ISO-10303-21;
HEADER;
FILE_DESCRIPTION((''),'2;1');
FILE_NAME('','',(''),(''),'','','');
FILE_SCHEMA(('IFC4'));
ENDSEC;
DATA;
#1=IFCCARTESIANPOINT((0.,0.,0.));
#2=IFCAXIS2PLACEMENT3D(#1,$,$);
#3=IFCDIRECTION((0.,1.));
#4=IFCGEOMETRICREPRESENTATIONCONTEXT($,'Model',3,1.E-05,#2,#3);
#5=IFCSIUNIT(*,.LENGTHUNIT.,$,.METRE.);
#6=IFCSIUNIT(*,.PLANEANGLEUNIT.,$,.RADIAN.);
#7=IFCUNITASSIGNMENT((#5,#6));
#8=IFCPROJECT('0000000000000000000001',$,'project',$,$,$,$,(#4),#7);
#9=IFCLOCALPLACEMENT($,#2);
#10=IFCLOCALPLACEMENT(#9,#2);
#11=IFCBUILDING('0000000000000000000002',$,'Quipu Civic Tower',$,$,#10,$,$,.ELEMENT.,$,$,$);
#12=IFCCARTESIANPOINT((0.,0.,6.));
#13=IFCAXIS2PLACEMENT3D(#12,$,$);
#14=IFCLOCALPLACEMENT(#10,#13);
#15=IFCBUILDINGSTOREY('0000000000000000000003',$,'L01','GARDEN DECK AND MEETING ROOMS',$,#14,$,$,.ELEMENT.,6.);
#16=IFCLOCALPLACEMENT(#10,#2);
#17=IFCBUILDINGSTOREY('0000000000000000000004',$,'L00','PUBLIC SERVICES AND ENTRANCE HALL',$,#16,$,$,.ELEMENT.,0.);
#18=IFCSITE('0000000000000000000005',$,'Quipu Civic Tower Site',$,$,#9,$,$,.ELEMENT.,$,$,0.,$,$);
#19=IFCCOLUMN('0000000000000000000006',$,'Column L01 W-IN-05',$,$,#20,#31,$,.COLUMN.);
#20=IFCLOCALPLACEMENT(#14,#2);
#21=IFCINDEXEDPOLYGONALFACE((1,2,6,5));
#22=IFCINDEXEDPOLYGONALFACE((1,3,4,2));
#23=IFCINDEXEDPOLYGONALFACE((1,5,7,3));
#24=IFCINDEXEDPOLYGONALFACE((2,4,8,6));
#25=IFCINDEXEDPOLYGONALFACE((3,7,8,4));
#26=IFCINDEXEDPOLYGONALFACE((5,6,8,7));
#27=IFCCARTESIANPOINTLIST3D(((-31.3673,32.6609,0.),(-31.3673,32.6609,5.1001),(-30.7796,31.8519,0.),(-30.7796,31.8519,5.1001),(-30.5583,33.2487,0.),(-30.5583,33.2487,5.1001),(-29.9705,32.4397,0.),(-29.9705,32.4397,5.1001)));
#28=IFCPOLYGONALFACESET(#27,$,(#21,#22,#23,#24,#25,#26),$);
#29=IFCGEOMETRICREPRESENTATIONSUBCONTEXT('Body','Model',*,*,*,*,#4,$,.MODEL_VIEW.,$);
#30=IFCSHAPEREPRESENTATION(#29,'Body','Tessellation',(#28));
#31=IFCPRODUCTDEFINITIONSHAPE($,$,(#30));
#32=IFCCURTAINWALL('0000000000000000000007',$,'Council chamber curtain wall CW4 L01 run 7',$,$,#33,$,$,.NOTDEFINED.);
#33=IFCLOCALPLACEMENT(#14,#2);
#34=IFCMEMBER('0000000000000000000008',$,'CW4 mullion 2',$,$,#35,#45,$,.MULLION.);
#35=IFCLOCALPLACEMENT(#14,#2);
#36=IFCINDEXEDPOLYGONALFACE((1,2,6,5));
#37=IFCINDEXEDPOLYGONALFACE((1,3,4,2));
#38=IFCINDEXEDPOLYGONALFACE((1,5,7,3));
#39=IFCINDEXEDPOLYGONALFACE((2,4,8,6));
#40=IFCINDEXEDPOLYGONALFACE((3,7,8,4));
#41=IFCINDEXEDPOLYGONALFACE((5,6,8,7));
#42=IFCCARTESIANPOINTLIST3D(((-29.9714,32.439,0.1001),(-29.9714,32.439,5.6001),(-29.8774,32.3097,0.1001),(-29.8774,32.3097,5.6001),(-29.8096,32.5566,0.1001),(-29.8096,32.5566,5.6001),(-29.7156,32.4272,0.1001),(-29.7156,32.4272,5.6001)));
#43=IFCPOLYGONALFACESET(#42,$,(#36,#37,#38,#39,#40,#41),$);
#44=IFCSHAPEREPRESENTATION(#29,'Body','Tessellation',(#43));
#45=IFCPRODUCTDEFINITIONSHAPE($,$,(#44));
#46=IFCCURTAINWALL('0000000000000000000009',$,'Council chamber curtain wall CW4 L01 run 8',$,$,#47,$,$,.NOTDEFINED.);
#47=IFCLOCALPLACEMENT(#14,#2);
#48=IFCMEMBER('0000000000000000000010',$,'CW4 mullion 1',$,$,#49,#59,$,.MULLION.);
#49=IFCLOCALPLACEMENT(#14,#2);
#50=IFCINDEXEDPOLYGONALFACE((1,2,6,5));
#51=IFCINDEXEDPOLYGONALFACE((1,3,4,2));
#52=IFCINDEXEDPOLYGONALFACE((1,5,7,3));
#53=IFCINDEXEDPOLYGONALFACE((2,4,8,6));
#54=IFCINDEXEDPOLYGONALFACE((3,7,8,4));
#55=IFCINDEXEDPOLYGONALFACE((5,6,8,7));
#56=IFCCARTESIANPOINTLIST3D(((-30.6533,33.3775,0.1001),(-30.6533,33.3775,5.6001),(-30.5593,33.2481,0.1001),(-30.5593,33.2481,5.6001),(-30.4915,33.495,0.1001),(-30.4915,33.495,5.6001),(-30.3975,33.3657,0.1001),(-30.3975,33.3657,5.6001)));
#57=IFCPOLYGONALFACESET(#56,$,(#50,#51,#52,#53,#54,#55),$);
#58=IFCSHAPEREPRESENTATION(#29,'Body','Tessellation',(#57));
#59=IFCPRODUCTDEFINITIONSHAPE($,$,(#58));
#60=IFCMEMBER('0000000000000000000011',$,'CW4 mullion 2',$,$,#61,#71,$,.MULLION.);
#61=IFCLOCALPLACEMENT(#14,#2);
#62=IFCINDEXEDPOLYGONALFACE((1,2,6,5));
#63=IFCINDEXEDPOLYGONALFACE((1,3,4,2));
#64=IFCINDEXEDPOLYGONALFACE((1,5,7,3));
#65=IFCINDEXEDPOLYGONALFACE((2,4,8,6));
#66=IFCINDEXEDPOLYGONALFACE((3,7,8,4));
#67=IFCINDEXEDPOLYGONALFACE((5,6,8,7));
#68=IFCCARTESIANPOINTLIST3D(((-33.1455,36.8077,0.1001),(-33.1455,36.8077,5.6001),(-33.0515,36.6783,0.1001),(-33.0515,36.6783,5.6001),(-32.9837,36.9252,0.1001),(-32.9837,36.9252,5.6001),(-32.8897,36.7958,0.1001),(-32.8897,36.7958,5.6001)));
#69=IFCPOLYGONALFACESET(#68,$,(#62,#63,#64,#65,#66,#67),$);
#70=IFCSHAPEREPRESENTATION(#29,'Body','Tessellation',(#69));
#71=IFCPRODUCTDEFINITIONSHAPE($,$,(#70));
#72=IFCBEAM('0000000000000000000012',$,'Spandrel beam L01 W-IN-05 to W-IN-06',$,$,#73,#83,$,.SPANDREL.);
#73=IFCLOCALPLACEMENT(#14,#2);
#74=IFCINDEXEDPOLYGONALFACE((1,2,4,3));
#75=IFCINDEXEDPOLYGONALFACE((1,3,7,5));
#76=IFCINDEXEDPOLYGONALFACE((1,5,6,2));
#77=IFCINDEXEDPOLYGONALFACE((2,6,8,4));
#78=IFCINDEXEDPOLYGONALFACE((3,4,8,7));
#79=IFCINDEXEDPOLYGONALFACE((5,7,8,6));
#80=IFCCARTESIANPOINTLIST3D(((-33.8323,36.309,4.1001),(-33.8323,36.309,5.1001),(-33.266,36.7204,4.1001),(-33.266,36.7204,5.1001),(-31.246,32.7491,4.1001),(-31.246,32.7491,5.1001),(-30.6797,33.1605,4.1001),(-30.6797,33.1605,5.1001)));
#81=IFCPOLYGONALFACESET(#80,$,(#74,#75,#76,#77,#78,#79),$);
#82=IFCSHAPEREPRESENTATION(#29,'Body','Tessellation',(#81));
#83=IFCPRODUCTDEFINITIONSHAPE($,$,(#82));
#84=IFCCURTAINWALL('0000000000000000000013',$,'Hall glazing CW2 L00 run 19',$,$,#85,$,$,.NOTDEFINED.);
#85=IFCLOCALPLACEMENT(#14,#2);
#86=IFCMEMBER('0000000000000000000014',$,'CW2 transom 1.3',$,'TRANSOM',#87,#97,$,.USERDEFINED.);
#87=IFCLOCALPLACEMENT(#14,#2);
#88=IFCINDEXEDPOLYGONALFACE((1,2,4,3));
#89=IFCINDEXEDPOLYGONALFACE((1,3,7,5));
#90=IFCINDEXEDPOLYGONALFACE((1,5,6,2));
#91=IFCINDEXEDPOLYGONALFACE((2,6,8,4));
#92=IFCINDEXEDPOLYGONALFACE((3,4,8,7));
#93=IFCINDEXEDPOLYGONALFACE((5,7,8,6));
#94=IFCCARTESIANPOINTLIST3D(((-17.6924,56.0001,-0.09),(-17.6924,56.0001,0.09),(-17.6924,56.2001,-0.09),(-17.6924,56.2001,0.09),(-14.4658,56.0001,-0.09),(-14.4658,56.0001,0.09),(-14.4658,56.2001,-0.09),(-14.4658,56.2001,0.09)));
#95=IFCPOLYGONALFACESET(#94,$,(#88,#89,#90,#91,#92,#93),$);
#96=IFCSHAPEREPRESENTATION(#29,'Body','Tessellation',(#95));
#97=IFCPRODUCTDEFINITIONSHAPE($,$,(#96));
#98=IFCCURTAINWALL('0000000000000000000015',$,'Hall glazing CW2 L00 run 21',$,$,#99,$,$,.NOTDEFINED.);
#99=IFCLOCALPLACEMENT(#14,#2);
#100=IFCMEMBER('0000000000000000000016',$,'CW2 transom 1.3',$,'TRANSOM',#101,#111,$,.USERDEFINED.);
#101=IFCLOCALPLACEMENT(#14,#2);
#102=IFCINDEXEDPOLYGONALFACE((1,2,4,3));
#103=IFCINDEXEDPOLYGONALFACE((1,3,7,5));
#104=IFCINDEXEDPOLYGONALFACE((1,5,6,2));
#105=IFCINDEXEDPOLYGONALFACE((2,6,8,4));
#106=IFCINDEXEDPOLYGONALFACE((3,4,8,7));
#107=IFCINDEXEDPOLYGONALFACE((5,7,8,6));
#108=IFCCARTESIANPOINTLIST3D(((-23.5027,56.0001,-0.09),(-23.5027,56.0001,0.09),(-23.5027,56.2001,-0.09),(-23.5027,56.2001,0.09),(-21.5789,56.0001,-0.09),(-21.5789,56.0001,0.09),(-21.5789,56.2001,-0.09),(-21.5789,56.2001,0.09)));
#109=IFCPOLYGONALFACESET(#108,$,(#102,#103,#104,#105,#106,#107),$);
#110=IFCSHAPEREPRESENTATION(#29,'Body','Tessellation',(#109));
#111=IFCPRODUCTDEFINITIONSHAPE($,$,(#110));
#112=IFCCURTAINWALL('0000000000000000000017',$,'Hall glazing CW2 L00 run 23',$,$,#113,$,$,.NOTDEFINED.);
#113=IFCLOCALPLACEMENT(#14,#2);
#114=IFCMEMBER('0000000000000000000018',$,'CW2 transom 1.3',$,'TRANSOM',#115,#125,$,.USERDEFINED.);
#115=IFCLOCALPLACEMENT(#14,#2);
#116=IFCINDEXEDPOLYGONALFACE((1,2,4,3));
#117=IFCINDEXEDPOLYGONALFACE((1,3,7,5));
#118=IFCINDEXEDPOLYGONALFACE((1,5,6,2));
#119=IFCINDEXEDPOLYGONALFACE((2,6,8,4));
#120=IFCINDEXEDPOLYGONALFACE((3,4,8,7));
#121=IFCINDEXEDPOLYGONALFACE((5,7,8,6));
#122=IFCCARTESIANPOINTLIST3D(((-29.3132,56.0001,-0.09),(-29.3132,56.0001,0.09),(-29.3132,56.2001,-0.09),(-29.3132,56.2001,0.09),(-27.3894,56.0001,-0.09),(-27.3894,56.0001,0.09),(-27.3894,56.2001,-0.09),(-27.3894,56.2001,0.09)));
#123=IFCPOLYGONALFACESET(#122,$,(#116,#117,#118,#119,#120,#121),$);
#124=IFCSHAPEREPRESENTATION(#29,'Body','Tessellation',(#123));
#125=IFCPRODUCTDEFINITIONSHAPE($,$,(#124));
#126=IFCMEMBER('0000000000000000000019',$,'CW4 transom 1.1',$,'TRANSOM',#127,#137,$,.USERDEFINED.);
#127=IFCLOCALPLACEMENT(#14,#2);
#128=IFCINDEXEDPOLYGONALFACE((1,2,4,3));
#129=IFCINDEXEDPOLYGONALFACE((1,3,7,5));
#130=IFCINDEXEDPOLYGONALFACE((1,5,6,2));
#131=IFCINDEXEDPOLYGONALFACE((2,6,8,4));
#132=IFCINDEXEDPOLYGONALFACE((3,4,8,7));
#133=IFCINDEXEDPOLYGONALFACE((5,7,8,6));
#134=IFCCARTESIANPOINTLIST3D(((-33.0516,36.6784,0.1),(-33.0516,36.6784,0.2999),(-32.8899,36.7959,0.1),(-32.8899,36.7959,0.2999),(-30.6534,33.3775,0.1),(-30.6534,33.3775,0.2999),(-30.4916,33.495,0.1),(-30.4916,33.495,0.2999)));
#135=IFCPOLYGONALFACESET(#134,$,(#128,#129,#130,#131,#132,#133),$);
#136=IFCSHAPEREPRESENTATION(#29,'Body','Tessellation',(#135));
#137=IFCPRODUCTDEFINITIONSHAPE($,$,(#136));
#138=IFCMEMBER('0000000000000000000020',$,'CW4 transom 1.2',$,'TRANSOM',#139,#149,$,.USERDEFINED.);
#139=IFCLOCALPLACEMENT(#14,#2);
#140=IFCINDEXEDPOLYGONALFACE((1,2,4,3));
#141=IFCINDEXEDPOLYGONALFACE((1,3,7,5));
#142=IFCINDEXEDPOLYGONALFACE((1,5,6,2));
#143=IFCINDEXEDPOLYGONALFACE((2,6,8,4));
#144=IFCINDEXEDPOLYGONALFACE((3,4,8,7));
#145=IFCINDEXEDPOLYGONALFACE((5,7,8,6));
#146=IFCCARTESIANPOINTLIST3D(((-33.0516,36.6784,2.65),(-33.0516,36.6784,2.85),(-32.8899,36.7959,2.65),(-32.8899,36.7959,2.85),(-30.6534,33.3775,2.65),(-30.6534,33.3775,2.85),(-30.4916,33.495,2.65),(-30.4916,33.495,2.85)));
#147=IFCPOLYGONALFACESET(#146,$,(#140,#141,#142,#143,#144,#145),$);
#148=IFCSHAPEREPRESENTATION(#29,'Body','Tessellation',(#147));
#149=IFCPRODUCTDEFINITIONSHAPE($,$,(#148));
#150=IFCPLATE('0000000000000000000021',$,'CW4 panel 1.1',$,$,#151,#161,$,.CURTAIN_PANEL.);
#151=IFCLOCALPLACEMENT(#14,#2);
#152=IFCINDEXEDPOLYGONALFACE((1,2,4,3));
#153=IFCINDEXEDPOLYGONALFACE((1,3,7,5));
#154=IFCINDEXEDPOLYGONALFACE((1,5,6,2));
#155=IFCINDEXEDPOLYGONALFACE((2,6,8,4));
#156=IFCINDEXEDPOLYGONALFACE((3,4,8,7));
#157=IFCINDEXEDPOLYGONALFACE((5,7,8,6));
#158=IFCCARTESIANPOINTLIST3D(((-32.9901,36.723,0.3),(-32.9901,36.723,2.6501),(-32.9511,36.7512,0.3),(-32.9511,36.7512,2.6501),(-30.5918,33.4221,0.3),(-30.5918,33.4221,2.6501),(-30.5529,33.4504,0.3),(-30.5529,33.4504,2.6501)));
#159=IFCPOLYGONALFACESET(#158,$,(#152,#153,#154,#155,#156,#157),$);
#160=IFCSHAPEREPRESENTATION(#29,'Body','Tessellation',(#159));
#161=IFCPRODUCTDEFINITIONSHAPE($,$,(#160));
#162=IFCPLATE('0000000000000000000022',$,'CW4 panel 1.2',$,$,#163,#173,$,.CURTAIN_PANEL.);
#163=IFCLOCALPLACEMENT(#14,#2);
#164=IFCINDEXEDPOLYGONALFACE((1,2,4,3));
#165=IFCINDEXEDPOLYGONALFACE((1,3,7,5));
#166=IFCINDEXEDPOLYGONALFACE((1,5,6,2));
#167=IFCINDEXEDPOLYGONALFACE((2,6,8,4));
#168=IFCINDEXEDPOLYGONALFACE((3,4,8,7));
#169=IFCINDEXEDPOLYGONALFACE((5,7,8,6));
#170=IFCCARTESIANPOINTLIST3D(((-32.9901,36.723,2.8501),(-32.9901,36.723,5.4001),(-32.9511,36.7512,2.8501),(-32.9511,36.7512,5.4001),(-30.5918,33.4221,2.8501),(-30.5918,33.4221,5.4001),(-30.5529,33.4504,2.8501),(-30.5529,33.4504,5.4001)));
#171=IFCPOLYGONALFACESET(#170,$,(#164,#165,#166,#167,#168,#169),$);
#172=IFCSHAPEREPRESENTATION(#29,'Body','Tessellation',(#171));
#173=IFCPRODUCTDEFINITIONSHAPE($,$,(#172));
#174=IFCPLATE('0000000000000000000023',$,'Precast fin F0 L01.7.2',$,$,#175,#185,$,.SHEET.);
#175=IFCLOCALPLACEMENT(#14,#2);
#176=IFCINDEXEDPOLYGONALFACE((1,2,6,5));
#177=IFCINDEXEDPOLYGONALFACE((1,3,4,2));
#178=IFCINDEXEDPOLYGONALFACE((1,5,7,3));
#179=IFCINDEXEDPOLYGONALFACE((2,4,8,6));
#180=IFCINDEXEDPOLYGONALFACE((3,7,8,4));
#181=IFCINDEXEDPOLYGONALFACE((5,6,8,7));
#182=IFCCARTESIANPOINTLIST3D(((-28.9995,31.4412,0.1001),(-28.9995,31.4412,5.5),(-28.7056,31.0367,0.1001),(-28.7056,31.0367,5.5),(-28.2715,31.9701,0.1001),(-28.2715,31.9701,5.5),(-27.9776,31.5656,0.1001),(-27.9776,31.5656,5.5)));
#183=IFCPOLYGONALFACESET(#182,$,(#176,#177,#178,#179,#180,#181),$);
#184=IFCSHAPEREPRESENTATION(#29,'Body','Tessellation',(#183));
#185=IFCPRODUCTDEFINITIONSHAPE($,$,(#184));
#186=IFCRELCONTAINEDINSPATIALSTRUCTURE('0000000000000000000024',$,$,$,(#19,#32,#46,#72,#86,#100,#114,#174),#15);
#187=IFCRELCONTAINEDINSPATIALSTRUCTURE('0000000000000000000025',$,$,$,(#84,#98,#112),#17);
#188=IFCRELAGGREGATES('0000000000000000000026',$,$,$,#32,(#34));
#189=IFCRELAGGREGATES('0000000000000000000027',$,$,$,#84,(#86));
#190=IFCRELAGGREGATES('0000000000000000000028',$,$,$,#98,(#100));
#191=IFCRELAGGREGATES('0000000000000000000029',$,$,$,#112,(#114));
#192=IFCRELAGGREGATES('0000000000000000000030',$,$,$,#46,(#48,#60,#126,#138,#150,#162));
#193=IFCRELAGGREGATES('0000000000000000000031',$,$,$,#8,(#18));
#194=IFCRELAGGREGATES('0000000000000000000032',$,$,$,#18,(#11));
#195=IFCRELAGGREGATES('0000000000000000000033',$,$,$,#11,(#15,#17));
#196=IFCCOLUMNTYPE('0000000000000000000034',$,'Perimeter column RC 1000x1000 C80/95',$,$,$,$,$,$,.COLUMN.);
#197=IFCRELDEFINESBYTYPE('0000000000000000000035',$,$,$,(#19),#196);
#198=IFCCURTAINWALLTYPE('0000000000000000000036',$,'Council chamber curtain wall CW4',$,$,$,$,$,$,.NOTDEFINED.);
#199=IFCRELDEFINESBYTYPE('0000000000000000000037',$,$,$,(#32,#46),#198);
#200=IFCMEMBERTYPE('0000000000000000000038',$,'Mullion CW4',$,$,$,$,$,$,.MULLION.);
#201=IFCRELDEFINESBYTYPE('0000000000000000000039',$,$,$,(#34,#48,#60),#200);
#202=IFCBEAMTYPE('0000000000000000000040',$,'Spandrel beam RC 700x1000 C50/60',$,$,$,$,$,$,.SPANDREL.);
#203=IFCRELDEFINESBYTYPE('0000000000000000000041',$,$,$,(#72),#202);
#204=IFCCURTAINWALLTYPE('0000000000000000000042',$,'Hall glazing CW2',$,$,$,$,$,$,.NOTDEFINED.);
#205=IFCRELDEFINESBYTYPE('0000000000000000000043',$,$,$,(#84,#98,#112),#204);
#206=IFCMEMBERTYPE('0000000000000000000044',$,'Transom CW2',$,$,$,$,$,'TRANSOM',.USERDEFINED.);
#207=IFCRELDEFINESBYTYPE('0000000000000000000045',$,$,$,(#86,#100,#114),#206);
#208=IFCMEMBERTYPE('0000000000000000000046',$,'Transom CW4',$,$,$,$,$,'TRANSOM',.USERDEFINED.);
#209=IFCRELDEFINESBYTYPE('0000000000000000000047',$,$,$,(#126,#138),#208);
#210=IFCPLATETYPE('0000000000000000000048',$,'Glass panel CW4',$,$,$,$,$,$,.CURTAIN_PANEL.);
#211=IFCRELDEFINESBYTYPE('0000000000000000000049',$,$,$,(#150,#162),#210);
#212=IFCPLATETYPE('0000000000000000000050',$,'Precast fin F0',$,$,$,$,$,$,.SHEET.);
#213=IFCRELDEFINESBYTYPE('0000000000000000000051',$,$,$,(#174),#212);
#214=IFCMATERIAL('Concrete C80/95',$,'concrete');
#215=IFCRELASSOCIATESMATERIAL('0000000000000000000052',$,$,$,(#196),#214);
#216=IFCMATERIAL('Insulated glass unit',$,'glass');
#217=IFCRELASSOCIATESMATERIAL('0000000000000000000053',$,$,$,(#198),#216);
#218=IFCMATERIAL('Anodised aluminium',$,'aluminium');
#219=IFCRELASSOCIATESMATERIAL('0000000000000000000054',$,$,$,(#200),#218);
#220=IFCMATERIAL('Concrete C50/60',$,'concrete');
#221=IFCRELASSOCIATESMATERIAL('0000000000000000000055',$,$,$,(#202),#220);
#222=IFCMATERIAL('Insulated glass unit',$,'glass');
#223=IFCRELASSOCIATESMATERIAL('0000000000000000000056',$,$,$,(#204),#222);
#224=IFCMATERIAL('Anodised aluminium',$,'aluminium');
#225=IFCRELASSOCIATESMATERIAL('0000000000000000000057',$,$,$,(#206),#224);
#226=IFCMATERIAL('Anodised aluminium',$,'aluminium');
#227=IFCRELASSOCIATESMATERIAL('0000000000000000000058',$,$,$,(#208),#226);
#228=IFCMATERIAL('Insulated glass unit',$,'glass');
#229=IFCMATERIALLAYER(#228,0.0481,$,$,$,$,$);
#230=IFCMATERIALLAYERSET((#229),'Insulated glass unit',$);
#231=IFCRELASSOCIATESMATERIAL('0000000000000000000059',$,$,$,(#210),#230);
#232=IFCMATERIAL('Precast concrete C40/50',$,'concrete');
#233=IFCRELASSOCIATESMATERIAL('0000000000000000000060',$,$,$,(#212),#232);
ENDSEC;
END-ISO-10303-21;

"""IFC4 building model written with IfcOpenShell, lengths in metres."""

from ifc_helpers import new_model, si_unit, direction, frame, origin, origin_2d, place, context, subcontext, project, spatial, rectangle, extrude, material, layer, layer_set, material_profile, profile_set, type_object, element, aggregate, save


model = new_model("IFC4")

# Units and contexts
model_context = context("Model", 3, precision=1e-05, world=origin(), true_north=direction((0.0, 1.0)))
body_context = subcontext(model_context, "Body", "Model", "MODEL_VIEW")
ifc_project = project(units=[si_unit("LENGTHUNIT", "METRE"), si_unit("PLANEANGLEUNIT", "RADIAN")], contexts=[model_context])

# Site, building, storey
site_placement = place(None, origin())
site = spatial("IfcSite", under=ifc_project, at=site_placement, Name="Quipu Civic Tower Site", CompositionType="ELEMENT", RefElevation=0.0)
building_placement = place(site_placement, origin())
building = spatial("IfcBuilding", under=site, at=building_placement, Name="Quipu Civic Tower", CompositionType="ELEMENT")
storey_1_placement = place(building_placement, frame((0.0, 0.0, 6.0)))
storey_1 = spatial("IfcBuildingStorey", under=building, at=storey_1_placement, Name="L01", Description="GARDEN DECK AND MEETING ROOMS", CompositionType="ELEMENT", Elevation=6.0)

# Column
ifc_material_1 = material(Name="Concrete C80/95", Category="concrete")
ifc_material_profile_1 = material_profile(ifc_material_1, rectangle(XDim=1.0, YDim=1.0, at=origin_2d()), Name="RC1000x1000")
ifc_profile_set_1 = profile_set([ifc_material_profile_1], Name="Concrete C80/95")
column_type = type_object("IfcColumnType", Name="Perimeter column RC 1000x1000 C80/95", PredefinedType="COLUMN", material=ifc_profile_set_1)
column_placement = place(storey_1_placement, frame((-30.6689, 32.5503, 0.0), z_axis=(0.0, 0.0, 1.0), x_axis=(-0.587785, 0.809017, 0.0)))
element("IfcColumn", 1, at=column_placement, inside=storey_1, type_object=column_type, Name="Column L01 W-IN-05", PredefinedType="COLUMN", context=body_context, shape_type="SweptSolid", body=[
    extrude(rectangle(XDim=1.0, YDim=1.0, at=origin_2d()), origin(), (0.0, 0.0, 1.0), 5.1001),
])

# Curtain wall, member
ifc_material_2 = material(Name="Insulated glass unit", Category="glass")
curtain_wall_type_1 = type_object("IfcCurtainWallType", Name="Council chamber curtain wall CW4", PredefinedType="NOTDEFINED", material=ifc_material_2)
curtain_wall_1_placement = place(storey_1_placement, origin())
curtain_wall_1 = element("IfcCurtainWall", 2, at=curtain_wall_1_placement, inside=storey_1, type_object=curtain_wall_type_1, Name="Council chamber curtain wall CW4 L01 run 7", PredefinedType="NOTDEFINED")
ifc_material_3 = material(Name="Anodised aluminium", Category="aluminium")
ifc_material_profile_2 = material_profile(ifc_material_3, rectangle(XDim=0.2, YDim=0.1599, at=origin_2d()), Name="RECT 200x160")
ifc_profile_set_2 = profile_set([ifc_material_profile_2], Name="Anodised aluminium")
member_type_1 = type_object("IfcMemberType", Name="Mullion CW4", PredefinedType="MULLION", material=ifc_profile_set_2)
member_1_placement = place(storey_1_placement, frame((-29.8435, 32.4331, 0.1001), z_axis=(0.0, 0.0, 1.0), x_axis=(-0.809017, -0.587785, 0.0)))
member_1 = element("IfcMember", 3, at=member_1_placement, type_object=member_type_1, Name="CW4 mullion 2", PredefinedType="MULLION", context=body_context, shape_type="SweptSolid", body=[
    extrude(rectangle(XDim=0.2, YDim=0.1599, at=origin_2d()), origin(), (0.0, 0.0, 1.0), 5.5),
])
aggregate(curtain_wall_1, [member_1])

# Curtain wall, members
curtain_wall_2_placement = place(storey_1_placement, origin())
curtain_wall_2 = element("IfcCurtainWall", 4, at=curtain_wall_2_placement, inside=storey_1, type_object=curtain_wall_type_1, Name="Council chamber curtain wall CW4 L01 run 8", PredefinedType="NOTDEFINED")
member_2_placement = place(storey_1_placement, frame((-30.5254, 33.3716, 0.1001), z_axis=(0.0, 0.0, 1.0), x_axis=(-0.809014, -0.587789, 0.0)))
member_2 = element("IfcMember", 5, at=member_2_placement, type_object=member_type_1, Name="CW4 mullion 1", PredefinedType="MULLION", context=body_context, shape_type="SweptSolid", body=[
    extrude(rectangle(XDim=0.2, YDim=0.1599, at=origin_2d()), origin(), (0.0, 0.0, 1.0), 5.5),
])
member_3_placement = place(storey_1_placement, frame((-33.0176, 36.8018, 0.1001), z_axis=(0.0, 0.0, 1.0), x_axis=(-0.809014, -0.587789, 0.0)))
member_3 = element("IfcMember", 6, at=member_3_placement, type_object=member_type_1, Name="CW4 mullion 2", PredefinedType="MULLION", context=body_context, shape_type="SweptSolid", body=[
    extrude(rectangle(XDim=0.2, YDim=0.1599, at=origin_2d()), origin(), (0.0, 0.0, 1.0), 5.5),
])

# Beam
ifc_material_4 = material(Name="Concrete C50/60", Category="concrete")
ifc_material_profile_3 = material_profile(ifc_material_4, rectangle(XDim=0.7, YDim=1.0, at=origin_2d()), Name="RC700x1000")
ifc_profile_set_3 = profile_set([ifc_material_profile_3], Name="Concrete C50/60")
beam_type = type_object("IfcBeamType", Name="Spandrel beam RC 700x1000 C50/60", PredefinedType="SPANDREL", material=ifc_profile_set_3)
beam_placement = place(storey_1_placement, frame((-30.9629, 32.9548, 4.6001), z_axis=(-0.587759, 0.809036, 0.0), x_axis=(-0.809036, -0.587759, 0.0)))
element("IfcBeam", 7, at=beam_placement, inside=storey_1, type_object=beam_type, Name="Spandrel beam L01 W-IN-05 to W-IN-06", PredefinedType="SPANDREL", context=body_context, shape_type="SweptSolid", body=[
    extrude(rectangle(XDim=0.7, YDim=1.0, at=origin_2d()), origin(), (0.0, 0.0, 1.0), 4.4001),
])

# Shared definitions
storey_2_placement = place(building_placement, origin())
storey_2 = spatial("IfcBuildingStorey", under=building, at=storey_2_placement, Name="L00", Description="PUBLIC SERVICES AND ENTRANCE HALL", CompositionType="ELEMENT", Elevation=0.0)

# Curtain walls, members
ifc_material_5 = material(Name="Insulated glass unit", Category="glass")
curtain_wall_type_2 = type_object("IfcCurtainWallType", Name="Hall glazing CW2", PredefinedType="NOTDEFINED", material=ifc_material_5)
curtain_wall_3_placement = place(storey_2_placement, origin())
curtain_wall_3 = element("IfcCurtainWall", 8, at=curtain_wall_3_placement, inside=storey_2, type_object=curtain_wall_type_2, Name="Hall glazing CW2 L00 run 19", PredefinedType="NOTDEFINED")
ifc_material_6 = material(Name="Anodised aluminium", Category="aluminium")
ifc_material_profile_4 = material_profile(ifc_material_6, rectangle(XDim=0.2, YDim=0.1799, at=origin_2d()), Name="RECT 200x180")
ifc_profile_set_4 = profile_set([ifc_material_profile_4], Name="Anodised aluminium")
member_type_2 = type_object("IfcMemberType", Name="Transom CW2", ElementType="TRANSOM", PredefinedType="USERDEFINED", material=ifc_profile_set_4)
member_4_placement = place(storey_1_placement, frame((-14.4658, 56.1001, 0.0), z_axis=(-1.0, 0.0, 0.0), x_axis=(0.0, -1.0, 0.0)))
member_4 = element("IfcMember", 9, at=member_4_placement, inside=storey_1, type_object=member_type_2, Name="CW2 transom 1.3", ObjectType="TRANSOM", PredefinedType="USERDEFINED", context=body_context, shape_type="SweptSolid", body=[
    extrude(rectangle(XDim=0.2, YDim=0.1799, at=origin_2d()), origin(), (0.0, 0.0, 1.0), 3.2266),
])
aggregate(curtain_wall_3, [member_4])
curtain_wall_4_placement = place(storey_2_placement, origin())
curtain_wall_4 = element("IfcCurtainWall", 10, at=curtain_wall_4_placement, inside=storey_2, type_object=curtain_wall_type_2, Name="Hall glazing CW2 L00 run 21", PredefinedType="NOTDEFINED")
member_5_placement = place(storey_1_placement, frame((-21.5789, 56.1001, 0.0), z_axis=(-1.0, 0.0, 0.0), x_axis=(0.0, -1.0, 0.0)))
member_5 = element("IfcMember", 11, at=member_5_placement, inside=storey_1, type_object=member_type_2, Name="CW2 transom 1.3", ObjectType="TRANSOM", PredefinedType="USERDEFINED", context=body_context, shape_type="SweptSolid", body=[
    extrude(rectangle(XDim=0.2, YDim=0.1799, at=origin_2d()), origin(), (0.0, 0.0, 1.0), 1.9238),
])
aggregate(curtain_wall_4, [member_5])
curtain_wall_5_placement = place(storey_2_placement, origin())
curtain_wall_5 = element("IfcCurtainWall", 12, at=curtain_wall_5_placement, inside=storey_2, type_object=curtain_wall_type_2, Name="Hall glazing CW2 L00 run 23", PredefinedType="NOTDEFINED")
member_6_placement = place(storey_1_placement, frame((-27.3894, 56.1001, 0.0), z_axis=(-1.0, 0.0, 0.0), x_axis=(0.0, -1.0, 0.0)))
member_6 = element("IfcMember", 13, at=member_6_placement, inside=storey_1, type_object=member_type_2, Name="CW2 transom 1.3", ObjectType="TRANSOM", PredefinedType="USERDEFINED", context=body_context, shape_type="SweptSolid", body=[
    extrude(rectangle(XDim=0.2, YDim=0.1799, at=origin_2d()), origin(), (0.0, 0.0, 1.0), 1.9238),
])
aggregate(curtain_wall_5, [member_6])

# Members
ifc_material_7 = material(Name="Anodised aluminium", Category="aluminium")
ifc_material_profile_5 = material_profile(ifc_material_7, rectangle(XDim=0.2, YDim=0.2, at=origin_2d()), Name="RECT 200x200")
ifc_profile_set_5 = profile_set([ifc_material_profile_5], Name="Anodised aluminium")
member_type_3 = type_object("IfcMemberType", Name="Transom CW4", ElementType="TRANSOM", PredefinedType="USERDEFINED", material=ifc_profile_set_5)
member_7_placement = place(storey_1_placement, frame((-30.5725, 33.4363, 0.2), z_axis=(-0.587791, 0.809013, 0.0), x_axis=(-0.809013, -0.587791, 0.0)))
member_7 = element("IfcMember", 14, at=member_7_placement, type_object=member_type_3, Name="CW4 transom 1.1", ObjectType="TRANSOM", PredefinedType="USERDEFINED", context=body_context, shape_type="SweptSolid", body=[
    extrude(rectangle(XDim=0.2, YDim=0.2, at=origin_2d()), origin(), (0.0, 0.0, 1.0), 4.0801),
])
member_8_placement = place(storey_1_placement, frame((-30.5725, 33.4363, 2.75), z_axis=(-0.587791, 0.809013, 0.0), x_axis=(-0.809013, -0.587791, 0.0)))
member_8 = element("IfcMember", 15, at=member_8_placement, type_object=member_type_3, Name="CW4 transom 1.2", ObjectType="TRANSOM", PredefinedType="USERDEFINED", context=body_context, shape_type="SweptSolid", body=[
    extrude(rectangle(XDim=0.2, YDim=0.2, at=origin_2d()), origin(), (0.0, 0.0, 1.0), 4.0801),
])

# Plates
ifc_material_8 = material(Name="Insulated glass unit", Category="glass")
ifc_layer = layer(ifc_material_8, 0.0481)
ifc_layer_set = layer_set([ifc_layer], Name="Insulated glass unit")
plate_type_1 = type_object("IfcPlateType", Name="Glass panel CW4", PredefinedType="CURTAIN_PANEL", material=ifc_layer_set)
plate_1_placement = place(storey_1_placement, frame((-31.7715, 35.0867, 0.3), z_axis=(0.0, 0.0, 1.0), x_axis=(-0.587789, 0.809014, 0.0)))
plate_1 = element("IfcPlate", 16, at=plate_1_placement, type_object=plate_type_1, Name="CW4 panel 1.1", PredefinedType="CURTAIN_PANEL", context=body_context, shape_type="SweptSolid", body=[
    extrude(rectangle(XDim=4.0801, YDim=0.0481, at=origin_2d()), origin(), (0.0, 0.0, 1.0), 2.3501),
])
plate_2_placement = place(storey_1_placement, frame((-31.7715, 35.0867, 2.8501), z_axis=(0.0, 0.0, 1.0), x_axis=(-0.587789, 0.809014, 0.0)))
plate_2 = element("IfcPlate", 17, at=plate_2_placement, type_object=plate_type_1, Name="CW4 panel 1.2", PredefinedType="CURTAIN_PANEL", context=body_context, shape_type="SweptSolid", body=[
    extrude(rectangle(XDim=4.0801, YDim=0.0481, at=origin_2d()), origin(), (0.0, 0.0, 1.0), 2.55),
])
aggregate(curtain_wall_2, [member_2, member_3, member_7, member_8, plate_1, plate_2])

# Plate
ifc_material_9 = material(Name="Precast concrete C40/50", Category="concrete")
plate_type_2 = type_object("IfcPlateType", Name="Precast fin F0", PredefinedType="SHEET", material=ifc_material_9)
for number, where, z_axis, x_axis, name in (
    (18, (-28.4885, 31.5034, 0.1001), (0.0, 0.0, 1.0), (-0.587785, 0.809017, 0.0), "Precast fin F0 L01.7.2"),
):
    element("IfcPlate", number, at=place(storey_1_placement, frame(where, z_axis=z_axis, x_axis=x_axis)), inside=storey_1, type_object=plate_type_2, Name=name, PredefinedType="SHEET", context=body_context, shape_type="SweptSolid", body=[
        extrude(rectangle(XDim=0.5, YDim=0.8999, at=origin_2d()), origin(), (0.0, 0.0, 1.0), 5.3999),
    ])

save(model, "model.ifc")
